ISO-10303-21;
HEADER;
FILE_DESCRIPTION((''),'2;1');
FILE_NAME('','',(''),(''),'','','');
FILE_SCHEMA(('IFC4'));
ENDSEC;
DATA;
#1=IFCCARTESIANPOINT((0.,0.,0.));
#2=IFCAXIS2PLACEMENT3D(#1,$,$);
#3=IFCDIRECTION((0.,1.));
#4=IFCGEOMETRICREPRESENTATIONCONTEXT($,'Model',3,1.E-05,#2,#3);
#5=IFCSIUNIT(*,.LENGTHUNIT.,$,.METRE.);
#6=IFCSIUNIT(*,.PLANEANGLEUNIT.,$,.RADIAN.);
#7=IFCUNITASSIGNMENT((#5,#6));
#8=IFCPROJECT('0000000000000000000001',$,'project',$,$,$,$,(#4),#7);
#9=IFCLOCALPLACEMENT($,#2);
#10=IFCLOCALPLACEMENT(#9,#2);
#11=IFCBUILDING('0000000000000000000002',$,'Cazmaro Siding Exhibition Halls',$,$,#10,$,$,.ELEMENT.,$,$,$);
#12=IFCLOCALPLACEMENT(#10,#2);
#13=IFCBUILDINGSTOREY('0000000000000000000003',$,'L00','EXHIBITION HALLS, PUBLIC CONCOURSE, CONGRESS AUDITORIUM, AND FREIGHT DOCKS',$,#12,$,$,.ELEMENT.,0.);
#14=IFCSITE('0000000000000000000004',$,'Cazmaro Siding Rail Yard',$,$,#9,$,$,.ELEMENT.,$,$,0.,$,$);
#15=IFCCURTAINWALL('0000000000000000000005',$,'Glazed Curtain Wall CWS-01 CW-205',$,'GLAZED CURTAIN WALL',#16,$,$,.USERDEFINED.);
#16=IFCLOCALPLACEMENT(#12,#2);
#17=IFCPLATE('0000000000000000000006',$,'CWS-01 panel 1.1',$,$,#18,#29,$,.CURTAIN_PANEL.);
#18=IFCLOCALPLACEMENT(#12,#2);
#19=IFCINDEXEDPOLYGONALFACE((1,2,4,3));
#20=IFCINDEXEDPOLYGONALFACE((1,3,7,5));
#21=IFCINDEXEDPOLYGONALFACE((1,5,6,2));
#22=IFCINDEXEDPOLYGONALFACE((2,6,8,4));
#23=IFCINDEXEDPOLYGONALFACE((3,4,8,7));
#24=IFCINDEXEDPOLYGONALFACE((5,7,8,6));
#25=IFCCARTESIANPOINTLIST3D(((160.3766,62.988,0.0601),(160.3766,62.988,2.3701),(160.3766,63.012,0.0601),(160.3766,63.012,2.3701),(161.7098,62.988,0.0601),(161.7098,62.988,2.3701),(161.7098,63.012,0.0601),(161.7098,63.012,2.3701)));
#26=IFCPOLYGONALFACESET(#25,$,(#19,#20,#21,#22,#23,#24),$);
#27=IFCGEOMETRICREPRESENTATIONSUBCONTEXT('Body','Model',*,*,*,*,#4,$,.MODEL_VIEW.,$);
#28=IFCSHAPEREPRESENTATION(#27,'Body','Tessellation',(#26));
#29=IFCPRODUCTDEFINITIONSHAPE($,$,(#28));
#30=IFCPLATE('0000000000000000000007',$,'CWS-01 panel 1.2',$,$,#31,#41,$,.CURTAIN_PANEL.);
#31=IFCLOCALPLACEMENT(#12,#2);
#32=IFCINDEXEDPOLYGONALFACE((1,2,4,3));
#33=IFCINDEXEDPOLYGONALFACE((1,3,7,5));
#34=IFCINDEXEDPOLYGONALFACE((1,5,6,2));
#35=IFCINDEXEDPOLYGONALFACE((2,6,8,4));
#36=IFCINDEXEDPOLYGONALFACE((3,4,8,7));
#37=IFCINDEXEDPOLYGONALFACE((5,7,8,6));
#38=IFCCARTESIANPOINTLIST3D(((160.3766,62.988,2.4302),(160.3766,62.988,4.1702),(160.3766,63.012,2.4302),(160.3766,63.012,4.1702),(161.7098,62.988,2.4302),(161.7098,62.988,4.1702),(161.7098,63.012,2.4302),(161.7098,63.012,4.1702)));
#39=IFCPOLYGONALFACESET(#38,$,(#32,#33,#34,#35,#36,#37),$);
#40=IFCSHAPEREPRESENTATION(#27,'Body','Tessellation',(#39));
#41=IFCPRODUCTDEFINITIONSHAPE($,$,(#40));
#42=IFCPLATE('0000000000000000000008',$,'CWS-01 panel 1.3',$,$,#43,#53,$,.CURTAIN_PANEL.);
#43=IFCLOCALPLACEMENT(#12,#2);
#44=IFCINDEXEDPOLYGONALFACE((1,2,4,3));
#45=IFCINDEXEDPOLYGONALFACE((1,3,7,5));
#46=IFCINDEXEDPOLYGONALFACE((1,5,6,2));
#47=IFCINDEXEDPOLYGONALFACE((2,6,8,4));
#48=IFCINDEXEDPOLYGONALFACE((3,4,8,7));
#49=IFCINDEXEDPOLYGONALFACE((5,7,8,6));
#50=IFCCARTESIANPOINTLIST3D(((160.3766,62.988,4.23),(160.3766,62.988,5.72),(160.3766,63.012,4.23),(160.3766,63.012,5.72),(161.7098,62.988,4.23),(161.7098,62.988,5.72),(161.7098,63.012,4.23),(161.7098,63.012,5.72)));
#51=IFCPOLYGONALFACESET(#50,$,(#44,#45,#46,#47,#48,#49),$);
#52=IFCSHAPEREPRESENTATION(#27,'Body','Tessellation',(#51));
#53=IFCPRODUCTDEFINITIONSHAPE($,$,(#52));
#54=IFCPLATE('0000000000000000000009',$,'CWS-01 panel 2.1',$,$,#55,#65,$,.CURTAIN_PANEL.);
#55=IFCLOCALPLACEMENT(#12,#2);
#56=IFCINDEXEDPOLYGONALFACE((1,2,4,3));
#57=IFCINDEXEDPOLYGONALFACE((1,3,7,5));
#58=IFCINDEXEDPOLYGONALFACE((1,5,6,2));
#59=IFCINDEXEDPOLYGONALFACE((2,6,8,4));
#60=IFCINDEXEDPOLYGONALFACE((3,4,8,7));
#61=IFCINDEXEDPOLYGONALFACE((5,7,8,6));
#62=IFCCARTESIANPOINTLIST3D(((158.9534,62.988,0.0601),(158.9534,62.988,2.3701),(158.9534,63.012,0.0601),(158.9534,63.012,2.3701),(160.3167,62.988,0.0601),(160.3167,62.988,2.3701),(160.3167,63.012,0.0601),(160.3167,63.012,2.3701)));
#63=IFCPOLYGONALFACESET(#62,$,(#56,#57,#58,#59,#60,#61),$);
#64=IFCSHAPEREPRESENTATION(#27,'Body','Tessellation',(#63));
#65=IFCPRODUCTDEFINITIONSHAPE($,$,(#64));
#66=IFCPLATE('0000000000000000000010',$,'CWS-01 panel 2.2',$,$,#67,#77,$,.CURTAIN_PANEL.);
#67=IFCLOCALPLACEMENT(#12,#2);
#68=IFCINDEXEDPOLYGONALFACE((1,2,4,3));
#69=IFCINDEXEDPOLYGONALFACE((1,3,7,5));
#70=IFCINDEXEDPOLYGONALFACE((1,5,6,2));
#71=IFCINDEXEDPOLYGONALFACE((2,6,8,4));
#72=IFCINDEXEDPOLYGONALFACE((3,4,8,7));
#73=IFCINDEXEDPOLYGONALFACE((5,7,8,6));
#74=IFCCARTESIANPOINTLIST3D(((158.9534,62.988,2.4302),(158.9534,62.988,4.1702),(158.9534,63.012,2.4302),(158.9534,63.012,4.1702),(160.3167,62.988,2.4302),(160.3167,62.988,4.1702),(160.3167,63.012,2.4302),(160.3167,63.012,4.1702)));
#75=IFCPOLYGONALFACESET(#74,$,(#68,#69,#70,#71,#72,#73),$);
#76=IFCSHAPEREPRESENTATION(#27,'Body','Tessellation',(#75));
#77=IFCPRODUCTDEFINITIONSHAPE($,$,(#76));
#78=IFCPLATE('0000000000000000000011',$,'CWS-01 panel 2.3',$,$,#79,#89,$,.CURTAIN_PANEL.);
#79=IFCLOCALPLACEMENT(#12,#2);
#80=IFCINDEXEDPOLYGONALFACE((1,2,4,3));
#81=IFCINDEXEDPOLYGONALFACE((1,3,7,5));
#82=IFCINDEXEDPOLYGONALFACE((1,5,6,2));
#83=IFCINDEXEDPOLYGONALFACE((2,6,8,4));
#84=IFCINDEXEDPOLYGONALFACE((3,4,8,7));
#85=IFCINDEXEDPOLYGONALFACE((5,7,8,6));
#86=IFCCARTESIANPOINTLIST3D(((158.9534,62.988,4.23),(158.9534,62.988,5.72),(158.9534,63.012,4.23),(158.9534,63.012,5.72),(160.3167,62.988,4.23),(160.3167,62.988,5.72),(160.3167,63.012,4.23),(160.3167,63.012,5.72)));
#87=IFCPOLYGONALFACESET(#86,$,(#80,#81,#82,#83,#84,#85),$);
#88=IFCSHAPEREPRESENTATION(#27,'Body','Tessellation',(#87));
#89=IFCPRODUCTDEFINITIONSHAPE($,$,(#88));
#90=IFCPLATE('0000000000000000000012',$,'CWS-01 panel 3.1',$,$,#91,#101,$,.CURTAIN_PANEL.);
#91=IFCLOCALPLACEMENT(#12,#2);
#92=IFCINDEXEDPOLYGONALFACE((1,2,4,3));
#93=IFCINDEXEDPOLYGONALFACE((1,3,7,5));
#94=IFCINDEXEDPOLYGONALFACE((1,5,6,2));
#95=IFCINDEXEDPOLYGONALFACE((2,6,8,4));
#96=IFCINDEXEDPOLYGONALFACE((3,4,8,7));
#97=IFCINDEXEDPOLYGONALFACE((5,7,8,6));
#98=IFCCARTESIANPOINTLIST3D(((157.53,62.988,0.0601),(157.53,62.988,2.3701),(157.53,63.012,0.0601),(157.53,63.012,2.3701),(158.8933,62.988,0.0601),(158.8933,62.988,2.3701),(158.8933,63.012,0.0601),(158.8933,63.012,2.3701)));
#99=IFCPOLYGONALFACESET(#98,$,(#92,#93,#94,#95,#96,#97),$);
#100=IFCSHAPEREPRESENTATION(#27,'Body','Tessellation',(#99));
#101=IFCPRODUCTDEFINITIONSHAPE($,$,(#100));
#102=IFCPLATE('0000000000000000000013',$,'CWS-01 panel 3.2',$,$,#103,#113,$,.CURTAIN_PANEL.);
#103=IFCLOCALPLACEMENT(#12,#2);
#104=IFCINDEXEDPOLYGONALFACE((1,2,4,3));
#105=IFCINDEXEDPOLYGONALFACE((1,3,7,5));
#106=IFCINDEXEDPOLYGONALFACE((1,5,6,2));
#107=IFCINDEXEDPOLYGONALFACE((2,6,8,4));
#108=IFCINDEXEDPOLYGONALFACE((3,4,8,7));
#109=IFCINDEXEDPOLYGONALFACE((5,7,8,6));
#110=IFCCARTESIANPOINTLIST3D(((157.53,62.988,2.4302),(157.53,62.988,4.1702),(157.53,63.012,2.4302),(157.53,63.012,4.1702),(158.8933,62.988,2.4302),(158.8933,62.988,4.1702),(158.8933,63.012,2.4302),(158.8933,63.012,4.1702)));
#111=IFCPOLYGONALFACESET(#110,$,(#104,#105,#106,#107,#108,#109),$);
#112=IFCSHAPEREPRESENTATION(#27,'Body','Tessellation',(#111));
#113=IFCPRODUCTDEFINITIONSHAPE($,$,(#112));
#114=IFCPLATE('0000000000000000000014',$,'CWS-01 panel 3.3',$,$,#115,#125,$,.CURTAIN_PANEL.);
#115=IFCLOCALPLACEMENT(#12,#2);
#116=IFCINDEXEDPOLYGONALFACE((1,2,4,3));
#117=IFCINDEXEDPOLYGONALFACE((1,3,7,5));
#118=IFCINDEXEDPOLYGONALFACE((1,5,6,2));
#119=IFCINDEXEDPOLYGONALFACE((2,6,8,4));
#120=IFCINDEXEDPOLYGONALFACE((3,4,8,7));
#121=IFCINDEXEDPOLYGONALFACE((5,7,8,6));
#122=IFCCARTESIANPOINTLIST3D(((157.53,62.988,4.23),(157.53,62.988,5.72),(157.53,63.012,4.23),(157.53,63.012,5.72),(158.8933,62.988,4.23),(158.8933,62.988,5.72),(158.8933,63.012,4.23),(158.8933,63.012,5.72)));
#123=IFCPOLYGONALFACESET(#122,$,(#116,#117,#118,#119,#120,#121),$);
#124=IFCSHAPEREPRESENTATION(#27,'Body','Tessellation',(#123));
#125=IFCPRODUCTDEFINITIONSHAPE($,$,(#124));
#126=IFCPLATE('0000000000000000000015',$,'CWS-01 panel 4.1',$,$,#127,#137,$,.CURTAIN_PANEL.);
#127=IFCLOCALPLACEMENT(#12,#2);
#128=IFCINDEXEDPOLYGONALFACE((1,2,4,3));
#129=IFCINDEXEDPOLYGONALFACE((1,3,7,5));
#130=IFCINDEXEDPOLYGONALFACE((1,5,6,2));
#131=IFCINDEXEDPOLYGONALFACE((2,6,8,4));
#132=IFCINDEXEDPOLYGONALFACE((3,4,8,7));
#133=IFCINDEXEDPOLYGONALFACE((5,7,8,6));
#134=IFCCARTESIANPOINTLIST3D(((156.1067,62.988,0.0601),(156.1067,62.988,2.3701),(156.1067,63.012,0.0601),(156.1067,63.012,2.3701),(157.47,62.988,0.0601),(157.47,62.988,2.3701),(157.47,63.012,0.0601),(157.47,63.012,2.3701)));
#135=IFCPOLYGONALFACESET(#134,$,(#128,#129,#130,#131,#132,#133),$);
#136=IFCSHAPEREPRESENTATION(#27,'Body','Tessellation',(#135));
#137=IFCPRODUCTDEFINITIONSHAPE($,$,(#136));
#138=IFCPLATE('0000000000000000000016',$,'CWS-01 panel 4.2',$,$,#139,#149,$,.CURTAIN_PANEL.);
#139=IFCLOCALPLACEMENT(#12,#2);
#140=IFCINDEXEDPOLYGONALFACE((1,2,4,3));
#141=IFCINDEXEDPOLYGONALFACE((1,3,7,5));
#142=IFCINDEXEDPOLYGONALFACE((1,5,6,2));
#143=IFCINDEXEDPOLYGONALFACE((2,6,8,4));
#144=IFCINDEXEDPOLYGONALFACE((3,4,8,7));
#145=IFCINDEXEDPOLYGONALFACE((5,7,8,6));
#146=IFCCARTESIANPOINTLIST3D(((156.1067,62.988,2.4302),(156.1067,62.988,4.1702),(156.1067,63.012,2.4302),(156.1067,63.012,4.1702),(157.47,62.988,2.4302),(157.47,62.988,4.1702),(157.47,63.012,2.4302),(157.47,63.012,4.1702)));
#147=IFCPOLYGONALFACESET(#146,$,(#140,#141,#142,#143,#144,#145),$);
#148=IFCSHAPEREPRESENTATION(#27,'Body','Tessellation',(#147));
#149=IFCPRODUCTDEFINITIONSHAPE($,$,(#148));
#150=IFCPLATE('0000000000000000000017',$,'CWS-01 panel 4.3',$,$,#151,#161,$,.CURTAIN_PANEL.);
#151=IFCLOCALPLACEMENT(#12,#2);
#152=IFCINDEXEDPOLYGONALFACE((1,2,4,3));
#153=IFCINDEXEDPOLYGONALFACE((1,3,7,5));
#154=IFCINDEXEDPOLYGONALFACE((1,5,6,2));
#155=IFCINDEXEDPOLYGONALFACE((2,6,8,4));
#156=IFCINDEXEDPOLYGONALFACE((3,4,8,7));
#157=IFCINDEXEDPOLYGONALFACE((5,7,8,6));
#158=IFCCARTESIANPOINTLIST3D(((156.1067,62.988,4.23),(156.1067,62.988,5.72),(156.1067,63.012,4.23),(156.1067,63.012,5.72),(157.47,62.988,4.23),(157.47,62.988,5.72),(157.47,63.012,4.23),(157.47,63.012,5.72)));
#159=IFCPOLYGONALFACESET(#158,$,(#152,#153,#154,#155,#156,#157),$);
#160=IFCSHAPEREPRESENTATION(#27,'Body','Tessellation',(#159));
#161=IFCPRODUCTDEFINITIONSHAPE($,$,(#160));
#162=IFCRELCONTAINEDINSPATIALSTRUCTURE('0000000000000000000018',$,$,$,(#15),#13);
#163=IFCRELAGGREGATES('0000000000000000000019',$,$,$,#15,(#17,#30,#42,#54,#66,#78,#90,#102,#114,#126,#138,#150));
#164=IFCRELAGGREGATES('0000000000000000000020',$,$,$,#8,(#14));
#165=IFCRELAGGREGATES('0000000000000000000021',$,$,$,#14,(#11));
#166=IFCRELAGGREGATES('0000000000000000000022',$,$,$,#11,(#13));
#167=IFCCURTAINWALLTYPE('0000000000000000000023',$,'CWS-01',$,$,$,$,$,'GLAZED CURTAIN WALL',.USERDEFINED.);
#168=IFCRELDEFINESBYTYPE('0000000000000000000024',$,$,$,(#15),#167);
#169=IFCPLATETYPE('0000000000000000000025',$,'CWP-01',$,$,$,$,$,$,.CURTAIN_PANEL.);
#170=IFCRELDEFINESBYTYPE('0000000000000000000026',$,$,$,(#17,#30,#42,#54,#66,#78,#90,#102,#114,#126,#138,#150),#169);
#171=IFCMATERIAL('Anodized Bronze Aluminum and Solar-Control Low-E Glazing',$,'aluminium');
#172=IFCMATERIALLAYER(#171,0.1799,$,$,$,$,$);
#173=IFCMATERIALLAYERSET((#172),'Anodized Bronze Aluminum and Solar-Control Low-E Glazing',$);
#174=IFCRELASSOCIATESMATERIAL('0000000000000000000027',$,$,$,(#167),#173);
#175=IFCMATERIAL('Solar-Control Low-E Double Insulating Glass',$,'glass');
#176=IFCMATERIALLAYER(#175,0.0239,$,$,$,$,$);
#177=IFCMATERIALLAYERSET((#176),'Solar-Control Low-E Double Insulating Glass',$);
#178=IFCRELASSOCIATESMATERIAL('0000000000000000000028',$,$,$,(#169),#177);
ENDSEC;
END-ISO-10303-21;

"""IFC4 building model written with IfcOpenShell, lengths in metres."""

from ifc_helpers import new_model, si_unit, direction, frame, origin, origin_2d, place, context, subcontext, project, spatial, rectangle, extrude, material, layer, layer_set, type_object, element, aggregate, save


model = new_model("IFC4")

# Units and contexts
model_context = context("Model", 3, precision=1e-05, world=origin(), true_north=direction((0.0, 1.0)))
body_context = subcontext(model_context, "Body", "Model", "MODEL_VIEW")
ifc_project = project(units=[si_unit("LENGTHUNIT", "METRE"), si_unit("PLANEANGLEUNIT", "RADIAN")], contexts=[model_context])

# Site, building, storey
site_placement = place(None, origin())
site = spatial("IfcSite", under=ifc_project, at=site_placement, Name="Cazmaro Siding Rail Yard", CompositionType="ELEMENT", RefElevation=0.0)
building_placement = place(site_placement, origin())
building = spatial("IfcBuilding", under=site, at=building_placement, Name="Cazmaro Siding Exhibition Halls", CompositionType="ELEMENT")
storey_placement = place(building_placement, origin())
storey = spatial("IfcBuildingStorey", under=building, at=storey_placement, Name="L00", Description="EXHIBITION HALLS, PUBLIC CONCOURSE, CONGRESS AUDITORIUM, AND FREIGHT DOCKS", CompositionType="ELEMENT", Elevation=0.0)

# Curtain wall
ifc_material_1 = material(Name="Anodized Bronze Aluminum and Solar-Control Low-E Glazing", Category="aluminium")
ifc_layer_1 = layer(ifc_material_1, 0.1799)
ifc_layer_set_1 = layer_set([ifc_layer_1], Name="Anodized Bronze Aluminum and Solar-Control Low-E Glazing")
curtain_wall_type = type_object("IfcCurtainWallType", Name="CWS-01", ElementType="GLAZED CURTAIN WALL", PredefinedType="USERDEFINED", material=ifc_layer_set_1)
curtain_wall_1_placement = place(storey_placement, origin())
curtain_wall_1 = element("IfcCurtainWall", 1, at=curtain_wall_1_placement, inside=storey, type_object=curtain_wall_type, Name="Glazed Curtain Wall CWS-01 CW-205", ObjectType="GLAZED CURTAIN WALL", PredefinedType="USERDEFINED")

# Shared definitions
ifc_material_2 = material(Name="Solar-Control Low-E Double Insulating Glass", Category="glass")
ifc_layer_2 = layer(ifc_material_2, 0.0239)
ifc_layer_set_2 = layer_set([ifc_layer_2], Name="Solar-Control Low-E Double Insulating Glass")
plate_type = type_object("IfcPlateType", Name="CWP-01", PredefinedType="CURTAIN_PANEL", material=ifc_layer_set_2)

# Plates
plate_1_placement = place(storey_placement, frame((161.0432, 63.0, 0.0601), z_axis=(0.0, 0.0, 1.0), x_axis=(-1.0, 0.0, 0.0)))
plate_1 = element("IfcPlate", 2, at=plate_1_placement, type_object=plate_type, Name="CWS-01 panel 1.1", PredefinedType="CURTAIN_PANEL", context=body_context, shape_type="SweptSolid", body=[
    extrude(rectangle(XDim=1.3333, YDim=0.0239, at=origin_2d()), origin(), (0.0, 0.0, 1.0), 2.3101),
])
plate_2_placement = place(storey_placement, frame((161.0432, 63.0, 2.4302), z_axis=(0.0, 0.0, 1.0), x_axis=(-1.0, 0.0, 0.0)))
plate_2 = element("IfcPlate", 3, at=plate_2_placement, type_object=plate_type, Name="CWS-01 panel 1.2", PredefinedType="CURTAIN_PANEL", context=body_context, shape_type="SweptSolid", body=[
    extrude(rectangle(XDim=1.3333, YDim=0.0239, at=origin_2d()), origin(), (0.0, 0.0, 1.0), 1.74),
])
plate_3_placement = place(storey_placement, frame((161.0432, 63.0, 4.23), z_axis=(0.0, 0.0, 1.0), x_axis=(-1.0, 0.0, 0.0)))
plate_3 = element("IfcPlate", 4, at=plate_3_placement, type_object=plate_type, Name="CWS-01 panel 1.3", PredefinedType="CURTAIN_PANEL", context=body_context, shape_type="SweptSolid", body=[
    extrude(rectangle(XDim=1.3333, YDim=0.0239, at=origin_2d()), origin(), (0.0, 0.0, 1.0), 1.49),
])
plate_4_placement = place(storey_placement, frame((159.635, 63.0, 0.0601), z_axis=(0.0, 0.0, 1.0), x_axis=(-1.0, 0.0, 0.0)))
plate_4 = element("IfcPlate", 5, at=plate_4_placement, type_object=plate_type, Name="CWS-01 panel 2.1", PredefinedType="CURTAIN_PANEL", context=body_context, shape_type="SweptSolid", body=[
    extrude(rectangle(XDim=1.3633, YDim=0.0239, at=origin_2d()), origin(), (0.0, 0.0, 1.0), 2.3101),
])
plate_5_placement = place(storey_placement, frame((159.635, 63.0, 2.4302), z_axis=(0.0, 0.0, 1.0), x_axis=(-1.0, 0.0, 0.0)))
plate_5 = element("IfcPlate", 6, at=plate_5_placement, type_object=plate_type, Name="CWS-01 panel 2.2", PredefinedType="CURTAIN_PANEL", context=body_context, shape_type="SweptSolid", body=[
    extrude(rectangle(XDim=1.3633, YDim=0.0239, at=origin_2d()), origin(), (0.0, 0.0, 1.0), 1.74),
])
plate_6_placement = place(storey_placement, frame((159.635, 63.0, 4.23), z_axis=(0.0, 0.0, 1.0), x_axis=(-1.0, 0.0, 0.0)))
plate_6 = element("IfcPlate", 7, at=plate_6_placement, type_object=plate_type, Name="CWS-01 panel 2.3", PredefinedType="CURTAIN_PANEL", context=body_context, shape_type="SweptSolid", body=[
    extrude(rectangle(XDim=1.3633, YDim=0.0239, at=origin_2d()), origin(), (0.0, 0.0, 1.0), 1.49),
])
plate_7_placement = place(storey_placement, frame((158.2117, 63.0, 0.0601), z_axis=(0.0, 0.0, 1.0), x_axis=(-1.0, 0.0, 0.0)))
plate_7 = element("IfcPlate", 8, at=plate_7_placement, type_object=plate_type, Name="CWS-01 panel 3.1", PredefinedType="CURTAIN_PANEL", context=body_context, shape_type="SweptSolid", body=[
    extrude(rectangle(XDim=1.3633, YDim=0.0239, at=origin_2d()), origin(), (0.0, 0.0, 1.0), 2.3101),
])
plate_8_placement = place(storey_placement, frame((158.2117, 63.0, 2.4302), z_axis=(0.0, 0.0, 1.0), x_axis=(-1.0, 0.0, 0.0)))
plate_8 = element("IfcPlate", 9, at=plate_8_placement, type_object=plate_type, Name="CWS-01 panel 3.2", PredefinedType="CURTAIN_PANEL", context=body_context, shape_type="SweptSolid", body=[
    extrude(rectangle(XDim=1.3633, YDim=0.0239, at=origin_2d()), origin(), (0.0, 0.0, 1.0), 1.74),
])
plate_9_placement = place(storey_placement, frame((158.2117, 63.0, 4.23), z_axis=(0.0, 0.0, 1.0), x_axis=(-1.0, 0.0, 0.0)))
plate_9 = element("IfcPlate", 10, at=plate_9_placement, type_object=plate_type, Name="CWS-01 panel 3.3", PredefinedType="CURTAIN_PANEL", context=body_context, shape_type="SweptSolid", body=[
    extrude(rectangle(XDim=1.3633, YDim=0.0239, at=origin_2d()), origin(), (0.0, 0.0, 1.0), 1.49),
])
plate_10_placement = place(storey_placement, frame((156.7883, 63.0, 0.0601), z_axis=(0.0, 0.0, 1.0), x_axis=(-1.0, 0.0, 0.0)))
plate_10 = element("IfcPlate", 11, at=plate_10_placement, type_object=plate_type, Name="CWS-01 panel 4.1", PredefinedType="CURTAIN_PANEL", context=body_context, shape_type="SweptSolid", body=[
    extrude(rectangle(XDim=1.3633, YDim=0.0239, at=origin_2d()), origin(), (0.0, 0.0, 1.0), 2.3101),
])
plate_11_placement = place(storey_placement, frame((156.7883, 63.0, 2.4302), z_axis=(0.0, 0.0, 1.0), x_axis=(-1.0, 0.0, 0.0)))
plate_11 = element("IfcPlate", 12, at=plate_11_placement, type_object=plate_type, Name="CWS-01 panel 4.2", PredefinedType="CURTAIN_PANEL", context=body_context, shape_type="SweptSolid", body=[
    extrude(rectangle(XDim=1.3633, YDim=0.0239, at=origin_2d()), origin(), (0.0, 0.0, 1.0), 1.74),
])
plate_12_placement = place(storey_placement, frame((156.7883, 63.0, 4.23), z_axis=(0.0, 0.0, 1.0), x_axis=(-1.0, 0.0, 0.0)))
plate_12 = element("IfcPlate", 13, at=plate_12_placement, type_object=plate_type, Name="CWS-01 panel 4.3", PredefinedType="CURTAIN_PANEL", context=body_context, shape_type="SweptSolid", body=[
    extrude(rectangle(XDim=1.3633, YDim=0.0239, at=origin_2d()), origin(), (0.0, 0.0, 1.0), 1.49),
])
aggregate(curtain_wall_1, [plate_1, plate_2, plate_3, plate_4, plate_5, plate_6, plate_7, plate_8, plate_9, plate_10, plate_11, plate_12])

save(model, "model.ifc")
